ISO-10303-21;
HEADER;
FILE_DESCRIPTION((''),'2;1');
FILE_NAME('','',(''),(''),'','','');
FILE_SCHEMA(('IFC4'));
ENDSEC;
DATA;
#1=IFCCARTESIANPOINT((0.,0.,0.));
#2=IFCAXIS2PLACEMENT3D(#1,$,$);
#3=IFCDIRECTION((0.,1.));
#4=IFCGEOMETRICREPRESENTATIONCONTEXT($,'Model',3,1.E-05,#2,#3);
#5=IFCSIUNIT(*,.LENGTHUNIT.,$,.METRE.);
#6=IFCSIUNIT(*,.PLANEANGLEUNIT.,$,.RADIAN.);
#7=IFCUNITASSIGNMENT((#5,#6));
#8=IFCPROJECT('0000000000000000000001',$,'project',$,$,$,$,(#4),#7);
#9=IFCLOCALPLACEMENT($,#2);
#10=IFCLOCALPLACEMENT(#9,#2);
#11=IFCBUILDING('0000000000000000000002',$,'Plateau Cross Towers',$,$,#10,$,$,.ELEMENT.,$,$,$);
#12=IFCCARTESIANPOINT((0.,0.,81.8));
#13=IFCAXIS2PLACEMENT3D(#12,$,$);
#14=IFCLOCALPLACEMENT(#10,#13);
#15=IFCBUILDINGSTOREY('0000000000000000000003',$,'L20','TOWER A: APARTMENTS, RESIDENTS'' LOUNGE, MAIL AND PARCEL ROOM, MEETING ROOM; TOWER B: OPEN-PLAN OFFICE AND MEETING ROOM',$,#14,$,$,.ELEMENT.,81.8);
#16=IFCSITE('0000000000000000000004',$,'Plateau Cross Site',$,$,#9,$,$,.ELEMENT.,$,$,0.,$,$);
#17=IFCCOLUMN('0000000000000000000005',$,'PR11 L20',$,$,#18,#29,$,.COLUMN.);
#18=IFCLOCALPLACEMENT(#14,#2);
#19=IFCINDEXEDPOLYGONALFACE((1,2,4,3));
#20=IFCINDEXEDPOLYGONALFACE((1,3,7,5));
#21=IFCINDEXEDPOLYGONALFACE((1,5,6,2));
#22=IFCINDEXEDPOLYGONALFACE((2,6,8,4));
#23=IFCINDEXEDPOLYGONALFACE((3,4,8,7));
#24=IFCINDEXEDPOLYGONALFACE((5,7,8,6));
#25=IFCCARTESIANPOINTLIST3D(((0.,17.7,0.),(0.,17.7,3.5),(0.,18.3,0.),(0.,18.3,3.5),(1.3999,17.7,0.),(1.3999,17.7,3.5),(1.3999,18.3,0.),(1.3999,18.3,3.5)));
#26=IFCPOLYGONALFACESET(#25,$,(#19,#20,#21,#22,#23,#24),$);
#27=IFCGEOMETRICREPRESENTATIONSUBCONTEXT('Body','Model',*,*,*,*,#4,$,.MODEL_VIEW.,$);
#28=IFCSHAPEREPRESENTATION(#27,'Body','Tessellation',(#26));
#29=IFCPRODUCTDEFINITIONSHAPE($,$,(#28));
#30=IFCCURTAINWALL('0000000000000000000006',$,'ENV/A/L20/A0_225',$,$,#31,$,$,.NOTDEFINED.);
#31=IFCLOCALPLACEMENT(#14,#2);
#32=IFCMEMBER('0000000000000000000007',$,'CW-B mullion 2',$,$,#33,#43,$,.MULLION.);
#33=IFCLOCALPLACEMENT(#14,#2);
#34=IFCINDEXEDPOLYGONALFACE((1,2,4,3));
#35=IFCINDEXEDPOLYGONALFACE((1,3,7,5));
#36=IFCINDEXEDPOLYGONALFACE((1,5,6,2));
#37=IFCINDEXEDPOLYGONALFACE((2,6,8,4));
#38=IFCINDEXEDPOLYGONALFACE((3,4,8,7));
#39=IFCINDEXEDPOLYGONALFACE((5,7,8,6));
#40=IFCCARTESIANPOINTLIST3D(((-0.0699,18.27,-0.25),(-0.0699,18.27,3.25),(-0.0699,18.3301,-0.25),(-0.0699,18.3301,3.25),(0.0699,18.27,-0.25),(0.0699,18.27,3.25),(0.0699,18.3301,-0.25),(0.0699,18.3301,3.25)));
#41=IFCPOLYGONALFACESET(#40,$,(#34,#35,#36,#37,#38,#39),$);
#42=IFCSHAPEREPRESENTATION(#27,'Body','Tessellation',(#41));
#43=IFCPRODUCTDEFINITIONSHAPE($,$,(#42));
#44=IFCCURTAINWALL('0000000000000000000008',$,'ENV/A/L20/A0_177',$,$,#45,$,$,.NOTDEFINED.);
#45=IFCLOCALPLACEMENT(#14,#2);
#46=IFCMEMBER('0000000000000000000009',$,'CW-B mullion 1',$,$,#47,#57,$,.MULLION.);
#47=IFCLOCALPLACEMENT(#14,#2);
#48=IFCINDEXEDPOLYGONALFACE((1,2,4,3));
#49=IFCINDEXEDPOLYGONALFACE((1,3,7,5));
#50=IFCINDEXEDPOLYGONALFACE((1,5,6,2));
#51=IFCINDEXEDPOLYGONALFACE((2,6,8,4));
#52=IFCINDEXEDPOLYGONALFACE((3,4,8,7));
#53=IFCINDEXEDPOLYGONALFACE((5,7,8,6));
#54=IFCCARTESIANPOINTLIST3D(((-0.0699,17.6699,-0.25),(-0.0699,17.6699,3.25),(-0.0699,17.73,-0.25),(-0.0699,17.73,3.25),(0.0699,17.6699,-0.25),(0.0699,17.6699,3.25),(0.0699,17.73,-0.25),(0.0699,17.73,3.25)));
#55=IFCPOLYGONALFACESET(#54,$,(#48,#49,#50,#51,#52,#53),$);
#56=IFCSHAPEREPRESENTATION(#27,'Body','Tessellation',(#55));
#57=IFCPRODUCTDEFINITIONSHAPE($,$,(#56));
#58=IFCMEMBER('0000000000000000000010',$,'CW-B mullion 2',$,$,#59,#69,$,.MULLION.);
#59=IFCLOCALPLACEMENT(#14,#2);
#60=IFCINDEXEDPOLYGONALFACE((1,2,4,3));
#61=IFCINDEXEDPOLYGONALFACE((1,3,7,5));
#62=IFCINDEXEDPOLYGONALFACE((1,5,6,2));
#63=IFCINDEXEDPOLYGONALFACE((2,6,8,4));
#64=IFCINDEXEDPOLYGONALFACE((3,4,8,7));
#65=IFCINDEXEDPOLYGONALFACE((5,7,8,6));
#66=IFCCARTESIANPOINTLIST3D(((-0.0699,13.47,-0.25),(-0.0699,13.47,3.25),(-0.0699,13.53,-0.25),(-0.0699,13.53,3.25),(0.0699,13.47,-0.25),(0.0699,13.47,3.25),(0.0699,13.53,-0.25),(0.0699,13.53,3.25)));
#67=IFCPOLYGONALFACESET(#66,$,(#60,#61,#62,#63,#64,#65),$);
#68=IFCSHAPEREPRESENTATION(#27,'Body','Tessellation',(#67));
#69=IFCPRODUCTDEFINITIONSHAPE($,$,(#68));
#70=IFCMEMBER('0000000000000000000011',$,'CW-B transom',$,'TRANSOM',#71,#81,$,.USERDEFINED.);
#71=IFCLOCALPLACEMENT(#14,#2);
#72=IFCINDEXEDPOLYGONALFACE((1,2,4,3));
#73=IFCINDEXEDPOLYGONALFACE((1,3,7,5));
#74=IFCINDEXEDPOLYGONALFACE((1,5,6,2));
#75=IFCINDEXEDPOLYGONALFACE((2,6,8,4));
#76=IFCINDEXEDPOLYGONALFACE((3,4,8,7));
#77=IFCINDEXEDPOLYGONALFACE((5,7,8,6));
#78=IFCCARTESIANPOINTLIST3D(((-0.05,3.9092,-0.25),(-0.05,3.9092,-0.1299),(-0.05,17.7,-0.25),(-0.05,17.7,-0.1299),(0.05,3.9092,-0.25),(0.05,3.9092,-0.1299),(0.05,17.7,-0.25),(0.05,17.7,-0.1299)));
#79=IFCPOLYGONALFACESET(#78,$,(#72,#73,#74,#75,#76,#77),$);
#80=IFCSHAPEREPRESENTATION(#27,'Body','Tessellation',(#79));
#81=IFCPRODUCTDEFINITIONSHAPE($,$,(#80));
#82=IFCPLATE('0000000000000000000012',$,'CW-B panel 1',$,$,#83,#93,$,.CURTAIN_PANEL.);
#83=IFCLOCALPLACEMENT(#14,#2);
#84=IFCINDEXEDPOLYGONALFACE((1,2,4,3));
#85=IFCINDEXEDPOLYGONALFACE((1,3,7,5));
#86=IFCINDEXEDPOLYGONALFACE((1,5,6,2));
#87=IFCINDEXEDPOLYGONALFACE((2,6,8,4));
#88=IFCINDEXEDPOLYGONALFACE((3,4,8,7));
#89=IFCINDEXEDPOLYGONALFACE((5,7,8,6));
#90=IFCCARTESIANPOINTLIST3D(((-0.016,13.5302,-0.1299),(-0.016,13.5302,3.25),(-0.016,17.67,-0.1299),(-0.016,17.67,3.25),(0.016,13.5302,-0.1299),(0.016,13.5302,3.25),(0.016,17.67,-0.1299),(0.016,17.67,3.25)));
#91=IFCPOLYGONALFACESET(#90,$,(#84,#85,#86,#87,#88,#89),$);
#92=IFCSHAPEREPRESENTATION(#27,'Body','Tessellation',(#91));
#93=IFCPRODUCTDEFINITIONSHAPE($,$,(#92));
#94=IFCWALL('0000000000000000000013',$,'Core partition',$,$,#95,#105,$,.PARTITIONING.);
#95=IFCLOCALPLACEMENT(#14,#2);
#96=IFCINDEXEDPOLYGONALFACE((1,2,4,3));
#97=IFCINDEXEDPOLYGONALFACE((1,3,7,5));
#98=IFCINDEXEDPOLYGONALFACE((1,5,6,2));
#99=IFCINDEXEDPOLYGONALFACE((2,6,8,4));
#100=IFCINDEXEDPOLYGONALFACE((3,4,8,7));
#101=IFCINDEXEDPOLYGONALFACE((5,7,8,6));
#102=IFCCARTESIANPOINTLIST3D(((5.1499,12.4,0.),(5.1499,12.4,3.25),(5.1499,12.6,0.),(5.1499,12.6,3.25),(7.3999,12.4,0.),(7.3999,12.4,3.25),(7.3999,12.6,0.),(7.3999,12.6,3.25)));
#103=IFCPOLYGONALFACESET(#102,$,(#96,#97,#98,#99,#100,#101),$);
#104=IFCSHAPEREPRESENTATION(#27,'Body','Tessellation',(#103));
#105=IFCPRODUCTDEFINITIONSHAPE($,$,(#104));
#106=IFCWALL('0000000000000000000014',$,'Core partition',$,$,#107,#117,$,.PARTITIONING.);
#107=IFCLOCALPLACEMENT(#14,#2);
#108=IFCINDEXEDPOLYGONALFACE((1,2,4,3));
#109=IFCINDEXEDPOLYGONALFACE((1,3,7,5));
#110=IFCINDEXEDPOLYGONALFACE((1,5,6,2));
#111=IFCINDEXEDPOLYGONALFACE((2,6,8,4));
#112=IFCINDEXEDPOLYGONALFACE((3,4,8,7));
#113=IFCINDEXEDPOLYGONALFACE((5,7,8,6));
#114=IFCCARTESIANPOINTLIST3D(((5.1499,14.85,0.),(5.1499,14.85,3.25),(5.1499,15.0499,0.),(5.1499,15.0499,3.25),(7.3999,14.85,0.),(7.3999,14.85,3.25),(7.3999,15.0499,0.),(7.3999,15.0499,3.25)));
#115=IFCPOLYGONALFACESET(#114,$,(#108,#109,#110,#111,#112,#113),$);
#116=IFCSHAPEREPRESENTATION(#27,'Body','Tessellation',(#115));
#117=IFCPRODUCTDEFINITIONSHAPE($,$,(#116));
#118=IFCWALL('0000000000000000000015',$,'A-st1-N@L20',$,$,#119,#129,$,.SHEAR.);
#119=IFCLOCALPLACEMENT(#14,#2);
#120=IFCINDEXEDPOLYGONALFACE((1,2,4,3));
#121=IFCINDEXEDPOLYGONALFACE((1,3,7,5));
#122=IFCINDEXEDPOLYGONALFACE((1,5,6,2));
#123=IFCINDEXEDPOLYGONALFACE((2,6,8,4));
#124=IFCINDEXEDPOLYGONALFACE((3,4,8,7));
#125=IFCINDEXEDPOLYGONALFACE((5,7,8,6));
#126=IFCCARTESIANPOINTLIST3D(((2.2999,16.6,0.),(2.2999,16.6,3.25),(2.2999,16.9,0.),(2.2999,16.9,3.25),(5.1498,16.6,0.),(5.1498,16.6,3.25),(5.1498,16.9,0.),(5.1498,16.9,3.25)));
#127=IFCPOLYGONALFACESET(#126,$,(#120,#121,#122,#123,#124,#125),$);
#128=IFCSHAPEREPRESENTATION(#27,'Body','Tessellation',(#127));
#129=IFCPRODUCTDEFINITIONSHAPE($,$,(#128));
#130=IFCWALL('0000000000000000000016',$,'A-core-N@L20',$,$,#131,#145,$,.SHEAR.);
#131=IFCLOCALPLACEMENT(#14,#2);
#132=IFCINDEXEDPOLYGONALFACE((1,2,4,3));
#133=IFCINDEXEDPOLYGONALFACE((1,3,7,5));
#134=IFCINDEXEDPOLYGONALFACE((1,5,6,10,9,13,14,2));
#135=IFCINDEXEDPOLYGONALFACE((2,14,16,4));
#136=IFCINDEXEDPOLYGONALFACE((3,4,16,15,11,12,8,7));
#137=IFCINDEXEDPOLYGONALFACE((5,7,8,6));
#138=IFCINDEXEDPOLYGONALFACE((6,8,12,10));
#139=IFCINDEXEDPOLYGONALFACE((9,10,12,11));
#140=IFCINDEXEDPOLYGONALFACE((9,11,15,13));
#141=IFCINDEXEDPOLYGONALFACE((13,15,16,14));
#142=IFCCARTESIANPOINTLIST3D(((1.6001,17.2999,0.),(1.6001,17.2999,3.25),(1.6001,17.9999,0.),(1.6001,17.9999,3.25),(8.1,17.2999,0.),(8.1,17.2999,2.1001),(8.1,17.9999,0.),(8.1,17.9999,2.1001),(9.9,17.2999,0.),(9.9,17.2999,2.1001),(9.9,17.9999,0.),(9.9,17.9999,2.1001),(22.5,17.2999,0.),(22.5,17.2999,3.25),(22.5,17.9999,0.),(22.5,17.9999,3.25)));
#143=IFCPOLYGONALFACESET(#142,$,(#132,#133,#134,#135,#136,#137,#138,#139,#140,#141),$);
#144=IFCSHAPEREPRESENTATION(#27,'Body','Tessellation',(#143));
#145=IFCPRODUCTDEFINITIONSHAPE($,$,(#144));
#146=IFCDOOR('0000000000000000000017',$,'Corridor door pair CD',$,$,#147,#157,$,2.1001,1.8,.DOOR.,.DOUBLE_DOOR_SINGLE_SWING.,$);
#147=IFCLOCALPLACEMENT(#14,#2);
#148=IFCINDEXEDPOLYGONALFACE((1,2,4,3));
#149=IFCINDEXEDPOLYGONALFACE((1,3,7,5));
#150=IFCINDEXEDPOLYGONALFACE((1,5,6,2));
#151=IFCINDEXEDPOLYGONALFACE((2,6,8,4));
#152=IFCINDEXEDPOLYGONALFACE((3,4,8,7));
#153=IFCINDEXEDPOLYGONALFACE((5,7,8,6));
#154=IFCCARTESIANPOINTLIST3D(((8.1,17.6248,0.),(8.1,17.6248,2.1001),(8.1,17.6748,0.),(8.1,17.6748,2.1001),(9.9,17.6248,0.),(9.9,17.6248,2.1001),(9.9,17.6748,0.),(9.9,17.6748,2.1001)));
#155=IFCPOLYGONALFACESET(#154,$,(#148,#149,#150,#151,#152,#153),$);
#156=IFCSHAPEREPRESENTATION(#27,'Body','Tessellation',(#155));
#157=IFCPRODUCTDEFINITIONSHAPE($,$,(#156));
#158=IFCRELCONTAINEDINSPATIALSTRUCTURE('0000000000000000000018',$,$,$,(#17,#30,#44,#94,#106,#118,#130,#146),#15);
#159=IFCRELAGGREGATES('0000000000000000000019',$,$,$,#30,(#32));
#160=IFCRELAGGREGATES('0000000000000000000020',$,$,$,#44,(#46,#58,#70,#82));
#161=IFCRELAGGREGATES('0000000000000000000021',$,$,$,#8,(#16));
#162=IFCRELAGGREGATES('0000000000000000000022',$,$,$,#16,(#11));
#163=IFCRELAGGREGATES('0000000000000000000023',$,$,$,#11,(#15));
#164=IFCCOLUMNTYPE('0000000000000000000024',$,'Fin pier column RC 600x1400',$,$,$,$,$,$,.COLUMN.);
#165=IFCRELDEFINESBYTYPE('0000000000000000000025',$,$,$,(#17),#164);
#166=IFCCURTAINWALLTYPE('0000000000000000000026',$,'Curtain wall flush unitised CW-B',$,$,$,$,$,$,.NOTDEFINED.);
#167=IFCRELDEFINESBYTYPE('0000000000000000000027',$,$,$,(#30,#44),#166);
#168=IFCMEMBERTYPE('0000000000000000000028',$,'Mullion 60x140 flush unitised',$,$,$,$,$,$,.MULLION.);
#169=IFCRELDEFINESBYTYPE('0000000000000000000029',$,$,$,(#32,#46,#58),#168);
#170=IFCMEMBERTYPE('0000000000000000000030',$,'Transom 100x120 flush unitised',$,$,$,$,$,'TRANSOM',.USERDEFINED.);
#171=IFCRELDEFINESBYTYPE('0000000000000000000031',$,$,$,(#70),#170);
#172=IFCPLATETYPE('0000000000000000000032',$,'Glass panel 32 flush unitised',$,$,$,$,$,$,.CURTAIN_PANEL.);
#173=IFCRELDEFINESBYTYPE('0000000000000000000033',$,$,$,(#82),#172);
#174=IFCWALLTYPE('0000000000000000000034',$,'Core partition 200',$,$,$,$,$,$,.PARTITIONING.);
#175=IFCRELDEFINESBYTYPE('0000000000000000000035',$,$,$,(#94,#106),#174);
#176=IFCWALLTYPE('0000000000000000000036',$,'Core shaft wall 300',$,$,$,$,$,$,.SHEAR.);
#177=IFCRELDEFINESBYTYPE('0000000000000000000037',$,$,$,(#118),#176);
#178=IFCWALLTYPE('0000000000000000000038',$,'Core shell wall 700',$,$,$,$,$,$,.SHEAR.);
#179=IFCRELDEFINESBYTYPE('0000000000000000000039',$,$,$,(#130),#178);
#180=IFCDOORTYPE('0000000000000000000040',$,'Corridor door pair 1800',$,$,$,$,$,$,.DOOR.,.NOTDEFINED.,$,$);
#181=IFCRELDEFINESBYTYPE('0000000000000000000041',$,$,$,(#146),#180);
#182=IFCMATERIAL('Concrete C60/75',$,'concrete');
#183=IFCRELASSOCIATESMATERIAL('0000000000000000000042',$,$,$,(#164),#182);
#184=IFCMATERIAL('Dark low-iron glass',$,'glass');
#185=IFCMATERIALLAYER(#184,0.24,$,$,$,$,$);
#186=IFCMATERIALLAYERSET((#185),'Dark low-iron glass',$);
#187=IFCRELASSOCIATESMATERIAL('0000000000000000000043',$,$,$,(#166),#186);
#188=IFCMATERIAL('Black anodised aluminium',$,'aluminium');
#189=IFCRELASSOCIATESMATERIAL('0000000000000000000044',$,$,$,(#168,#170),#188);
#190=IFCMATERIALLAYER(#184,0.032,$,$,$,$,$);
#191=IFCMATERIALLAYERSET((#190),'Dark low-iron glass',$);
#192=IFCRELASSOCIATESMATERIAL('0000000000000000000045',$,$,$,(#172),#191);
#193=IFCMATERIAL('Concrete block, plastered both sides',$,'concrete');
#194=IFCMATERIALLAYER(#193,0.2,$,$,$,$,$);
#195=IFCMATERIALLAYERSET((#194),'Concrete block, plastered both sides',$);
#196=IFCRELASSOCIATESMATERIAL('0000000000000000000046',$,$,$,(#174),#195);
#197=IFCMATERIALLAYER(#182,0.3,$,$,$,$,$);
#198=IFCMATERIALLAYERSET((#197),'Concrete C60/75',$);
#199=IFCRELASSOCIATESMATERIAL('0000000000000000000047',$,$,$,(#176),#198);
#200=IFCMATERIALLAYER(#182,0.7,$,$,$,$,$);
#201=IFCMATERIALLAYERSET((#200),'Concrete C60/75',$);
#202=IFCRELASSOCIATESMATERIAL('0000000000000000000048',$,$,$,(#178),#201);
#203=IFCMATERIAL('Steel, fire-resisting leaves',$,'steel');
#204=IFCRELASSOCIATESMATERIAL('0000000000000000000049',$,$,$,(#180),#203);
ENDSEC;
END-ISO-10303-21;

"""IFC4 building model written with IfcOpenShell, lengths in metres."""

from ifc_helpers import new_model, si_unit, direction, frame, frame_2d, origin, origin_2d, place, context, subcontext, project, spatial, rectangle, extrude, material, layer, layer_set, material_profile, profile_set, type_object, element, fill, aggregate, save


model = new_model("IFC4")

# Units and contexts
model_context = context("Model", 3, precision=1e-05, world=origin(), true_north=direction((0.0, 1.0)))
body_context = subcontext(model_context, "Body", "Model", "MODEL_VIEW")
ifc_project = project(units=[si_unit("LENGTHUNIT", "METRE"), si_unit("PLANEANGLEUNIT", "RADIAN")], contexts=[model_context])

# Site, building, storey
site_placement = place(None, origin())
site = spatial("IfcSite", under=ifc_project, at=site_placement, Name="Plateau Cross Site", CompositionType="ELEMENT", RefElevation=0.0)
building_placement = place(site_placement, origin())
building = spatial("IfcBuilding", under=site, at=building_placement, Name="Plateau Cross Towers", CompositionType="ELEMENT")
storey_placement = place(building_placement, frame((0.0, 0.0, 81.8)))
storey = spatial("IfcBuildingStorey", under=building, at=storey_placement, Name="L20", Description="TOWER A: APARTMENTS, RESIDENTS' LOUNGE, MAIL AND PARCEL ROOM, MEETING ROOM; TOWER B: OPEN-PLAN OFFICE AND MEETING ROOM", CompositionType="ELEMENT", Elevation=81.8)

# Column
ifc_material_1 = material(Name="Concrete C60/75", Category="concrete")
ifc_material_profile_1 = material_profile(ifc_material_1, rectangle(XDim=0.6001, YDim=1.3999, at=origin_2d()), Name="RC 600x1400")
ifc_profile_set_1 = profile_set([ifc_material_profile_1], Name="Concrete C60/75")
column_type = type_object("IfcColumnType", Name="Fin pier column RC 600x1400", PredefinedType="COLUMN", material=ifc_profile_set_1)
column_placement = place(storey_placement, frame((0.7, 18.0, 0.0), z_axis=(0.0, 0.0, 1.0), x_axis=(0.0, 1.0, 0.0)))
element("IfcColumn", 1, at=column_placement, inside=storey, type_object=column_type, Name="PR11 L20", PredefinedType="COLUMN", context=body_context, shape_type="SweptSolid", body=[
    extrude(rectangle(XDim=0.6001, YDim=1.3999, at=origin_2d()), origin(), (0.0, 0.0, 1.0), 3.5),
])

# Curtain wall, member
ifc_material_2 = material(Name="Dark low-iron glass", Category="glass")
ifc_layer_1 = layer(ifc_material_2, 0.24)
ifc_layer_set_1 = layer_set([ifc_layer_1], Name="Dark low-iron glass")
curtain_wall_type = type_object("IfcCurtainWallType", Name="Curtain wall flush unitised CW-B", PredefinedType="NOTDEFINED", material=ifc_layer_set_1)
curtain_wall_1_placement = place(storey_placement, origin())
curtain_wall_1 = element("IfcCurtainWall", 2, at=curtain_wall_1_placement, inside=storey, type_object=curtain_wall_type, Name="ENV/A/L20/A0_225", PredefinedType="NOTDEFINED")
ifc_material_3 = material(Name="Black anodised aluminium", Category="aluminium")
ifc_material_profile_2 = material_profile(ifc_material_3, rectangle(XDim=0.0601, YDim=0.1399, at=origin_2d()), Name="MULLION 60x140")
ifc_profile_set_2 = profile_set([ifc_material_profile_2], Name="Black anodised aluminium")
member_type_1 = type_object("IfcMemberType", Name="Mullion 60x140 flush unitised", PredefinedType="MULLION", material=ifc_profile_set_2)
member_1_placement = place(storey_placement, frame((0.0, 18.3, -0.25), z_axis=(0.0, 0.0, 1.0), x_axis=(0.0, -1.0, 0.0)))
member_1 = element("IfcMember", 3, at=member_1_placement, type_object=member_type_1, Name="CW-B mullion 2", PredefinedType="MULLION", context=body_context, shape_type="SweptSolid", body=[
    extrude(rectangle(XDim=0.0601, YDim=0.1399, at=origin_2d()), origin(), (0.0, 0.0, 1.0), 3.5),
])
aggregate(curtain_wall_1, [member_1])

# Curtain wall, members, plate
curtain_wall_2_placement = place(storey_placement, origin())
curtain_wall_2 = element("IfcCurtainWall", 4, at=curtain_wall_2_placement, inside=storey, type_object=curtain_wall_type, Name="ENV/A/L20/A0_177", PredefinedType="NOTDEFINED")
member_2_placement = place(storey_placement, frame((0.0, 17.7, -0.25), z_axis=(0.0, 0.0, 1.0), x_axis=(0.0, -1.0, 0.0)))
member_2 = element("IfcMember", 5, at=member_2_placement, type_object=member_type_1, Name="CW-B mullion 1", PredefinedType="MULLION", context=body_context, shape_type="SweptSolid", body=[
    extrude(rectangle(XDim=0.0601, YDim=0.1399, at=origin_2d()), origin(), (0.0, 0.0, 1.0), 3.5),
])
member_3_placement = place(storey_placement, frame((0.0, 13.5, -0.25), z_axis=(0.0, 0.0, 1.0), x_axis=(0.0, -1.0, 0.0)))
member_3 = element("IfcMember", 6, at=member_3_placement, type_object=member_type_1, Name="CW-B mullion 2", PredefinedType="MULLION", context=body_context, shape_type="SweptSolid", body=[
    extrude(rectangle(XDim=0.0601, YDim=0.1399, at=origin_2d()), origin(), (0.0, 0.0, 1.0), 3.5),
])
ifc_material_profile_3 = material_profile(ifc_material_3, rectangle(XDim=0.1001, YDim=0.1201, at=origin_2d()), Name="TRANSOM 100x120")
ifc_profile_set_3 = profile_set([ifc_material_profile_3], Name="Black anodised aluminium")
member_type_2 = type_object("IfcMemberType", Name="Transom 100x120 flush unitised", ElementType="TRANSOM", PredefinedType="USERDEFINED", material=ifc_profile_set_3)
member_4_placement = place(storey_placement, frame((0.0, 17.7, -0.1899), z_axis=(0.0, -1.0, 0.0), x_axis=(1.0, 0.0, 0.0)))
member_4 = element("IfcMember", 7, at=member_4_placement, type_object=member_type_2, Name="CW-B transom", ObjectType="TRANSOM", PredefinedType="USERDEFINED", context=body_context, shape_type="SweptSolid", body=[
    extrude(rectangle(XDim=0.1001, YDim=0.1201, at=origin_2d()), origin(), (0.0, 0.0, 1.0), 13.7908),
])
ifc_layer_2 = layer(ifc_material_2, 0.032)
ifc_layer_set_2 = layer_set([ifc_layer_2], Name="Dark low-iron glass")
plate_type = type_object("IfcPlateType", Name="Glass panel 32 flush unitised", PredefinedType="CURTAIN_PANEL", material=ifc_layer_set_2)
plate_placement = place(storey_placement, frame((0.0, 15.6001, -0.1299), z_axis=(0.0, 0.0, 1.0), x_axis=(0.0, -1.0, 0.0)))
plate = element("IfcPlate", 8, at=plate_placement, type_object=plate_type, Name="CW-B panel 1", PredefinedType="CURTAIN_PANEL", context=body_context, shape_type="SweptSolid", body=[
    extrude(rectangle(XDim=4.1399, YDim=0.032, at=origin_2d()), origin(), (0.0, 0.0, 1.0), 3.3799),
])
aggregate(curtain_wall_2, [member_2, member_3, member_4, plate])

# Walls
ifc_material_4 = material(Name="Concrete block, plastered both sides", Category="concrete")
ifc_layer_3 = layer(ifc_material_4, 0.2)
ifc_layer_set_3 = layer_set([ifc_layer_3], Name="Concrete block, plastered both sides")
wall_type_1 = type_object("IfcWallType", Name="Core partition 200", PredefinedType="PARTITIONING", material=ifc_layer_set_3)
for number, where, z_axis, x_axis, name in (
    (9, (5.1499, 12.5, 0.0), (0.0, 0.0, 1.0), (1.0, 0.0, 0.0), "Core partition"),
    (10, (5.1499, 14.95, 0.0), (0.0, 0.0, 1.0), (1.0, 0.0, 0.0), "Core partition"),
):
    element("IfcWall", number, at=place(storey_placement, frame(where, z_axis=z_axis, x_axis=x_axis)), inside=storey, type_object=wall_type_1, Name=name, PredefinedType="PARTITIONING", context=body_context, shape_type="SweptSolid", body=[
        extrude(rectangle(XDim=2.25, YDim=0.2, at=frame_2d((1.125, 0.0))), origin(), (0.0, 0.0, 1.0), 3.25),
    ])
ifc_layer_4 = layer(ifc_material_1, 0.3)
ifc_layer_set_4 = layer_set([ifc_layer_4], Name="Concrete C60/75")
wall_type_2 = type_object("IfcWallType", Name="Core shaft wall 300", PredefinedType="SHEAR", material=ifc_layer_set_4)
wall_1_placement = place(storey_placement, frame((2.3, 16.75, 0.0), z_axis=(0.0, 0.0, 1.0), x_axis=(1.0, 0.0, 0.0)))
element("IfcWall", 11, at=wall_1_placement, inside=storey, type_object=wall_type_2, Name="A-st1-N@L20", PredefinedType="SHEAR", context=body_context, shape_type="SweptSolid", body=[
    extrude(rectangle(XDim=2.8499, YDim=0.3, at=frame_2d((1.4248, 0.0))), origin(), (0.0, 0.0, 1.0), 3.25),
])

# Wall, opening, door
ifc_layer_5 = layer(ifc_material_1, 0.7)
ifc_layer_set_5 = layer_set([ifc_layer_5], Name="Concrete C60/75")
wall_type_3 = type_object("IfcWallType", Name="Core shell wall 700", PredefinedType="SHEAR", material=ifc_layer_set_5)
wall_2_placement = place(storey_placement, frame((1.6001, 17.6499, 0.0), z_axis=(0.0, 0.0, 1.0), x_axis=(1.0, 0.0, 0.0)))
wall_2 = element("IfcWall", 12, at=wall_2_placement, inside=storey, type_object=wall_type_3, Name="A-core-N@L20", PredefinedType="SHEAR", context=body_context, shape_type="SweptSolid", body=[
    extrude(rectangle(XDim=20.8999, YDim=0.7, at=frame_2d((10.45, 0.0))), origin(), (0.0, 0.0, 1.0), 3.25),
])
opening_placement = place(wall_2_placement, frame((6.5, 0.0, 0.0)))
opening = element("IfcOpeningElement", 13, at=opening_placement, cuts=wall_2, PredefinedType="OPENING", context=body_context, shape_type="SweptSolid", body=[
    extrude(rectangle(XDim=1.8, YDim=2.1001, at=frame_2d((0.8999, 1.05))), frame((0.0, 0.3599, 0.0), z_axis=(0.0, -1.0, 0.0), x_axis=(1.0, 0.0, 0.0)), (0.0, 0.0, 1.0), 0.72),
])
ifc_material_5 = material(Name="Steel, fire-resisting leaves", Category="steel")
door_type = type_object("IfcDoorType", Name="Corridor door pair 1800", OperationType="NOTDEFINED", PredefinedType="DOOR", material=ifc_material_5)
door_placement = place(opening_placement, origin())
door = element("IfcDoor", 14, at=door_placement, inside=storey, type_object=door_type, Name="Corridor door pair CD", OperationType="DOUBLE_DOOR_SINGLE_SWING", OverallHeight=2.1001, OverallWidth=1.8, PredefinedType="DOOR", context=body_context, shape_type="SweptSolid", body=[
    extrude(rectangle(XDim=1.8, YDim=2.1001, at=frame_2d((0.8999, 1.05))), frame((0.0, 0.0249, 0.0), z_axis=(0.0, -1.0, 0.0), x_axis=(1.0, 0.0, 0.0)), (0.0, 0.0, 1.0), 0.05),
])
fill(opening, door)

save(model, "model.ifc")
